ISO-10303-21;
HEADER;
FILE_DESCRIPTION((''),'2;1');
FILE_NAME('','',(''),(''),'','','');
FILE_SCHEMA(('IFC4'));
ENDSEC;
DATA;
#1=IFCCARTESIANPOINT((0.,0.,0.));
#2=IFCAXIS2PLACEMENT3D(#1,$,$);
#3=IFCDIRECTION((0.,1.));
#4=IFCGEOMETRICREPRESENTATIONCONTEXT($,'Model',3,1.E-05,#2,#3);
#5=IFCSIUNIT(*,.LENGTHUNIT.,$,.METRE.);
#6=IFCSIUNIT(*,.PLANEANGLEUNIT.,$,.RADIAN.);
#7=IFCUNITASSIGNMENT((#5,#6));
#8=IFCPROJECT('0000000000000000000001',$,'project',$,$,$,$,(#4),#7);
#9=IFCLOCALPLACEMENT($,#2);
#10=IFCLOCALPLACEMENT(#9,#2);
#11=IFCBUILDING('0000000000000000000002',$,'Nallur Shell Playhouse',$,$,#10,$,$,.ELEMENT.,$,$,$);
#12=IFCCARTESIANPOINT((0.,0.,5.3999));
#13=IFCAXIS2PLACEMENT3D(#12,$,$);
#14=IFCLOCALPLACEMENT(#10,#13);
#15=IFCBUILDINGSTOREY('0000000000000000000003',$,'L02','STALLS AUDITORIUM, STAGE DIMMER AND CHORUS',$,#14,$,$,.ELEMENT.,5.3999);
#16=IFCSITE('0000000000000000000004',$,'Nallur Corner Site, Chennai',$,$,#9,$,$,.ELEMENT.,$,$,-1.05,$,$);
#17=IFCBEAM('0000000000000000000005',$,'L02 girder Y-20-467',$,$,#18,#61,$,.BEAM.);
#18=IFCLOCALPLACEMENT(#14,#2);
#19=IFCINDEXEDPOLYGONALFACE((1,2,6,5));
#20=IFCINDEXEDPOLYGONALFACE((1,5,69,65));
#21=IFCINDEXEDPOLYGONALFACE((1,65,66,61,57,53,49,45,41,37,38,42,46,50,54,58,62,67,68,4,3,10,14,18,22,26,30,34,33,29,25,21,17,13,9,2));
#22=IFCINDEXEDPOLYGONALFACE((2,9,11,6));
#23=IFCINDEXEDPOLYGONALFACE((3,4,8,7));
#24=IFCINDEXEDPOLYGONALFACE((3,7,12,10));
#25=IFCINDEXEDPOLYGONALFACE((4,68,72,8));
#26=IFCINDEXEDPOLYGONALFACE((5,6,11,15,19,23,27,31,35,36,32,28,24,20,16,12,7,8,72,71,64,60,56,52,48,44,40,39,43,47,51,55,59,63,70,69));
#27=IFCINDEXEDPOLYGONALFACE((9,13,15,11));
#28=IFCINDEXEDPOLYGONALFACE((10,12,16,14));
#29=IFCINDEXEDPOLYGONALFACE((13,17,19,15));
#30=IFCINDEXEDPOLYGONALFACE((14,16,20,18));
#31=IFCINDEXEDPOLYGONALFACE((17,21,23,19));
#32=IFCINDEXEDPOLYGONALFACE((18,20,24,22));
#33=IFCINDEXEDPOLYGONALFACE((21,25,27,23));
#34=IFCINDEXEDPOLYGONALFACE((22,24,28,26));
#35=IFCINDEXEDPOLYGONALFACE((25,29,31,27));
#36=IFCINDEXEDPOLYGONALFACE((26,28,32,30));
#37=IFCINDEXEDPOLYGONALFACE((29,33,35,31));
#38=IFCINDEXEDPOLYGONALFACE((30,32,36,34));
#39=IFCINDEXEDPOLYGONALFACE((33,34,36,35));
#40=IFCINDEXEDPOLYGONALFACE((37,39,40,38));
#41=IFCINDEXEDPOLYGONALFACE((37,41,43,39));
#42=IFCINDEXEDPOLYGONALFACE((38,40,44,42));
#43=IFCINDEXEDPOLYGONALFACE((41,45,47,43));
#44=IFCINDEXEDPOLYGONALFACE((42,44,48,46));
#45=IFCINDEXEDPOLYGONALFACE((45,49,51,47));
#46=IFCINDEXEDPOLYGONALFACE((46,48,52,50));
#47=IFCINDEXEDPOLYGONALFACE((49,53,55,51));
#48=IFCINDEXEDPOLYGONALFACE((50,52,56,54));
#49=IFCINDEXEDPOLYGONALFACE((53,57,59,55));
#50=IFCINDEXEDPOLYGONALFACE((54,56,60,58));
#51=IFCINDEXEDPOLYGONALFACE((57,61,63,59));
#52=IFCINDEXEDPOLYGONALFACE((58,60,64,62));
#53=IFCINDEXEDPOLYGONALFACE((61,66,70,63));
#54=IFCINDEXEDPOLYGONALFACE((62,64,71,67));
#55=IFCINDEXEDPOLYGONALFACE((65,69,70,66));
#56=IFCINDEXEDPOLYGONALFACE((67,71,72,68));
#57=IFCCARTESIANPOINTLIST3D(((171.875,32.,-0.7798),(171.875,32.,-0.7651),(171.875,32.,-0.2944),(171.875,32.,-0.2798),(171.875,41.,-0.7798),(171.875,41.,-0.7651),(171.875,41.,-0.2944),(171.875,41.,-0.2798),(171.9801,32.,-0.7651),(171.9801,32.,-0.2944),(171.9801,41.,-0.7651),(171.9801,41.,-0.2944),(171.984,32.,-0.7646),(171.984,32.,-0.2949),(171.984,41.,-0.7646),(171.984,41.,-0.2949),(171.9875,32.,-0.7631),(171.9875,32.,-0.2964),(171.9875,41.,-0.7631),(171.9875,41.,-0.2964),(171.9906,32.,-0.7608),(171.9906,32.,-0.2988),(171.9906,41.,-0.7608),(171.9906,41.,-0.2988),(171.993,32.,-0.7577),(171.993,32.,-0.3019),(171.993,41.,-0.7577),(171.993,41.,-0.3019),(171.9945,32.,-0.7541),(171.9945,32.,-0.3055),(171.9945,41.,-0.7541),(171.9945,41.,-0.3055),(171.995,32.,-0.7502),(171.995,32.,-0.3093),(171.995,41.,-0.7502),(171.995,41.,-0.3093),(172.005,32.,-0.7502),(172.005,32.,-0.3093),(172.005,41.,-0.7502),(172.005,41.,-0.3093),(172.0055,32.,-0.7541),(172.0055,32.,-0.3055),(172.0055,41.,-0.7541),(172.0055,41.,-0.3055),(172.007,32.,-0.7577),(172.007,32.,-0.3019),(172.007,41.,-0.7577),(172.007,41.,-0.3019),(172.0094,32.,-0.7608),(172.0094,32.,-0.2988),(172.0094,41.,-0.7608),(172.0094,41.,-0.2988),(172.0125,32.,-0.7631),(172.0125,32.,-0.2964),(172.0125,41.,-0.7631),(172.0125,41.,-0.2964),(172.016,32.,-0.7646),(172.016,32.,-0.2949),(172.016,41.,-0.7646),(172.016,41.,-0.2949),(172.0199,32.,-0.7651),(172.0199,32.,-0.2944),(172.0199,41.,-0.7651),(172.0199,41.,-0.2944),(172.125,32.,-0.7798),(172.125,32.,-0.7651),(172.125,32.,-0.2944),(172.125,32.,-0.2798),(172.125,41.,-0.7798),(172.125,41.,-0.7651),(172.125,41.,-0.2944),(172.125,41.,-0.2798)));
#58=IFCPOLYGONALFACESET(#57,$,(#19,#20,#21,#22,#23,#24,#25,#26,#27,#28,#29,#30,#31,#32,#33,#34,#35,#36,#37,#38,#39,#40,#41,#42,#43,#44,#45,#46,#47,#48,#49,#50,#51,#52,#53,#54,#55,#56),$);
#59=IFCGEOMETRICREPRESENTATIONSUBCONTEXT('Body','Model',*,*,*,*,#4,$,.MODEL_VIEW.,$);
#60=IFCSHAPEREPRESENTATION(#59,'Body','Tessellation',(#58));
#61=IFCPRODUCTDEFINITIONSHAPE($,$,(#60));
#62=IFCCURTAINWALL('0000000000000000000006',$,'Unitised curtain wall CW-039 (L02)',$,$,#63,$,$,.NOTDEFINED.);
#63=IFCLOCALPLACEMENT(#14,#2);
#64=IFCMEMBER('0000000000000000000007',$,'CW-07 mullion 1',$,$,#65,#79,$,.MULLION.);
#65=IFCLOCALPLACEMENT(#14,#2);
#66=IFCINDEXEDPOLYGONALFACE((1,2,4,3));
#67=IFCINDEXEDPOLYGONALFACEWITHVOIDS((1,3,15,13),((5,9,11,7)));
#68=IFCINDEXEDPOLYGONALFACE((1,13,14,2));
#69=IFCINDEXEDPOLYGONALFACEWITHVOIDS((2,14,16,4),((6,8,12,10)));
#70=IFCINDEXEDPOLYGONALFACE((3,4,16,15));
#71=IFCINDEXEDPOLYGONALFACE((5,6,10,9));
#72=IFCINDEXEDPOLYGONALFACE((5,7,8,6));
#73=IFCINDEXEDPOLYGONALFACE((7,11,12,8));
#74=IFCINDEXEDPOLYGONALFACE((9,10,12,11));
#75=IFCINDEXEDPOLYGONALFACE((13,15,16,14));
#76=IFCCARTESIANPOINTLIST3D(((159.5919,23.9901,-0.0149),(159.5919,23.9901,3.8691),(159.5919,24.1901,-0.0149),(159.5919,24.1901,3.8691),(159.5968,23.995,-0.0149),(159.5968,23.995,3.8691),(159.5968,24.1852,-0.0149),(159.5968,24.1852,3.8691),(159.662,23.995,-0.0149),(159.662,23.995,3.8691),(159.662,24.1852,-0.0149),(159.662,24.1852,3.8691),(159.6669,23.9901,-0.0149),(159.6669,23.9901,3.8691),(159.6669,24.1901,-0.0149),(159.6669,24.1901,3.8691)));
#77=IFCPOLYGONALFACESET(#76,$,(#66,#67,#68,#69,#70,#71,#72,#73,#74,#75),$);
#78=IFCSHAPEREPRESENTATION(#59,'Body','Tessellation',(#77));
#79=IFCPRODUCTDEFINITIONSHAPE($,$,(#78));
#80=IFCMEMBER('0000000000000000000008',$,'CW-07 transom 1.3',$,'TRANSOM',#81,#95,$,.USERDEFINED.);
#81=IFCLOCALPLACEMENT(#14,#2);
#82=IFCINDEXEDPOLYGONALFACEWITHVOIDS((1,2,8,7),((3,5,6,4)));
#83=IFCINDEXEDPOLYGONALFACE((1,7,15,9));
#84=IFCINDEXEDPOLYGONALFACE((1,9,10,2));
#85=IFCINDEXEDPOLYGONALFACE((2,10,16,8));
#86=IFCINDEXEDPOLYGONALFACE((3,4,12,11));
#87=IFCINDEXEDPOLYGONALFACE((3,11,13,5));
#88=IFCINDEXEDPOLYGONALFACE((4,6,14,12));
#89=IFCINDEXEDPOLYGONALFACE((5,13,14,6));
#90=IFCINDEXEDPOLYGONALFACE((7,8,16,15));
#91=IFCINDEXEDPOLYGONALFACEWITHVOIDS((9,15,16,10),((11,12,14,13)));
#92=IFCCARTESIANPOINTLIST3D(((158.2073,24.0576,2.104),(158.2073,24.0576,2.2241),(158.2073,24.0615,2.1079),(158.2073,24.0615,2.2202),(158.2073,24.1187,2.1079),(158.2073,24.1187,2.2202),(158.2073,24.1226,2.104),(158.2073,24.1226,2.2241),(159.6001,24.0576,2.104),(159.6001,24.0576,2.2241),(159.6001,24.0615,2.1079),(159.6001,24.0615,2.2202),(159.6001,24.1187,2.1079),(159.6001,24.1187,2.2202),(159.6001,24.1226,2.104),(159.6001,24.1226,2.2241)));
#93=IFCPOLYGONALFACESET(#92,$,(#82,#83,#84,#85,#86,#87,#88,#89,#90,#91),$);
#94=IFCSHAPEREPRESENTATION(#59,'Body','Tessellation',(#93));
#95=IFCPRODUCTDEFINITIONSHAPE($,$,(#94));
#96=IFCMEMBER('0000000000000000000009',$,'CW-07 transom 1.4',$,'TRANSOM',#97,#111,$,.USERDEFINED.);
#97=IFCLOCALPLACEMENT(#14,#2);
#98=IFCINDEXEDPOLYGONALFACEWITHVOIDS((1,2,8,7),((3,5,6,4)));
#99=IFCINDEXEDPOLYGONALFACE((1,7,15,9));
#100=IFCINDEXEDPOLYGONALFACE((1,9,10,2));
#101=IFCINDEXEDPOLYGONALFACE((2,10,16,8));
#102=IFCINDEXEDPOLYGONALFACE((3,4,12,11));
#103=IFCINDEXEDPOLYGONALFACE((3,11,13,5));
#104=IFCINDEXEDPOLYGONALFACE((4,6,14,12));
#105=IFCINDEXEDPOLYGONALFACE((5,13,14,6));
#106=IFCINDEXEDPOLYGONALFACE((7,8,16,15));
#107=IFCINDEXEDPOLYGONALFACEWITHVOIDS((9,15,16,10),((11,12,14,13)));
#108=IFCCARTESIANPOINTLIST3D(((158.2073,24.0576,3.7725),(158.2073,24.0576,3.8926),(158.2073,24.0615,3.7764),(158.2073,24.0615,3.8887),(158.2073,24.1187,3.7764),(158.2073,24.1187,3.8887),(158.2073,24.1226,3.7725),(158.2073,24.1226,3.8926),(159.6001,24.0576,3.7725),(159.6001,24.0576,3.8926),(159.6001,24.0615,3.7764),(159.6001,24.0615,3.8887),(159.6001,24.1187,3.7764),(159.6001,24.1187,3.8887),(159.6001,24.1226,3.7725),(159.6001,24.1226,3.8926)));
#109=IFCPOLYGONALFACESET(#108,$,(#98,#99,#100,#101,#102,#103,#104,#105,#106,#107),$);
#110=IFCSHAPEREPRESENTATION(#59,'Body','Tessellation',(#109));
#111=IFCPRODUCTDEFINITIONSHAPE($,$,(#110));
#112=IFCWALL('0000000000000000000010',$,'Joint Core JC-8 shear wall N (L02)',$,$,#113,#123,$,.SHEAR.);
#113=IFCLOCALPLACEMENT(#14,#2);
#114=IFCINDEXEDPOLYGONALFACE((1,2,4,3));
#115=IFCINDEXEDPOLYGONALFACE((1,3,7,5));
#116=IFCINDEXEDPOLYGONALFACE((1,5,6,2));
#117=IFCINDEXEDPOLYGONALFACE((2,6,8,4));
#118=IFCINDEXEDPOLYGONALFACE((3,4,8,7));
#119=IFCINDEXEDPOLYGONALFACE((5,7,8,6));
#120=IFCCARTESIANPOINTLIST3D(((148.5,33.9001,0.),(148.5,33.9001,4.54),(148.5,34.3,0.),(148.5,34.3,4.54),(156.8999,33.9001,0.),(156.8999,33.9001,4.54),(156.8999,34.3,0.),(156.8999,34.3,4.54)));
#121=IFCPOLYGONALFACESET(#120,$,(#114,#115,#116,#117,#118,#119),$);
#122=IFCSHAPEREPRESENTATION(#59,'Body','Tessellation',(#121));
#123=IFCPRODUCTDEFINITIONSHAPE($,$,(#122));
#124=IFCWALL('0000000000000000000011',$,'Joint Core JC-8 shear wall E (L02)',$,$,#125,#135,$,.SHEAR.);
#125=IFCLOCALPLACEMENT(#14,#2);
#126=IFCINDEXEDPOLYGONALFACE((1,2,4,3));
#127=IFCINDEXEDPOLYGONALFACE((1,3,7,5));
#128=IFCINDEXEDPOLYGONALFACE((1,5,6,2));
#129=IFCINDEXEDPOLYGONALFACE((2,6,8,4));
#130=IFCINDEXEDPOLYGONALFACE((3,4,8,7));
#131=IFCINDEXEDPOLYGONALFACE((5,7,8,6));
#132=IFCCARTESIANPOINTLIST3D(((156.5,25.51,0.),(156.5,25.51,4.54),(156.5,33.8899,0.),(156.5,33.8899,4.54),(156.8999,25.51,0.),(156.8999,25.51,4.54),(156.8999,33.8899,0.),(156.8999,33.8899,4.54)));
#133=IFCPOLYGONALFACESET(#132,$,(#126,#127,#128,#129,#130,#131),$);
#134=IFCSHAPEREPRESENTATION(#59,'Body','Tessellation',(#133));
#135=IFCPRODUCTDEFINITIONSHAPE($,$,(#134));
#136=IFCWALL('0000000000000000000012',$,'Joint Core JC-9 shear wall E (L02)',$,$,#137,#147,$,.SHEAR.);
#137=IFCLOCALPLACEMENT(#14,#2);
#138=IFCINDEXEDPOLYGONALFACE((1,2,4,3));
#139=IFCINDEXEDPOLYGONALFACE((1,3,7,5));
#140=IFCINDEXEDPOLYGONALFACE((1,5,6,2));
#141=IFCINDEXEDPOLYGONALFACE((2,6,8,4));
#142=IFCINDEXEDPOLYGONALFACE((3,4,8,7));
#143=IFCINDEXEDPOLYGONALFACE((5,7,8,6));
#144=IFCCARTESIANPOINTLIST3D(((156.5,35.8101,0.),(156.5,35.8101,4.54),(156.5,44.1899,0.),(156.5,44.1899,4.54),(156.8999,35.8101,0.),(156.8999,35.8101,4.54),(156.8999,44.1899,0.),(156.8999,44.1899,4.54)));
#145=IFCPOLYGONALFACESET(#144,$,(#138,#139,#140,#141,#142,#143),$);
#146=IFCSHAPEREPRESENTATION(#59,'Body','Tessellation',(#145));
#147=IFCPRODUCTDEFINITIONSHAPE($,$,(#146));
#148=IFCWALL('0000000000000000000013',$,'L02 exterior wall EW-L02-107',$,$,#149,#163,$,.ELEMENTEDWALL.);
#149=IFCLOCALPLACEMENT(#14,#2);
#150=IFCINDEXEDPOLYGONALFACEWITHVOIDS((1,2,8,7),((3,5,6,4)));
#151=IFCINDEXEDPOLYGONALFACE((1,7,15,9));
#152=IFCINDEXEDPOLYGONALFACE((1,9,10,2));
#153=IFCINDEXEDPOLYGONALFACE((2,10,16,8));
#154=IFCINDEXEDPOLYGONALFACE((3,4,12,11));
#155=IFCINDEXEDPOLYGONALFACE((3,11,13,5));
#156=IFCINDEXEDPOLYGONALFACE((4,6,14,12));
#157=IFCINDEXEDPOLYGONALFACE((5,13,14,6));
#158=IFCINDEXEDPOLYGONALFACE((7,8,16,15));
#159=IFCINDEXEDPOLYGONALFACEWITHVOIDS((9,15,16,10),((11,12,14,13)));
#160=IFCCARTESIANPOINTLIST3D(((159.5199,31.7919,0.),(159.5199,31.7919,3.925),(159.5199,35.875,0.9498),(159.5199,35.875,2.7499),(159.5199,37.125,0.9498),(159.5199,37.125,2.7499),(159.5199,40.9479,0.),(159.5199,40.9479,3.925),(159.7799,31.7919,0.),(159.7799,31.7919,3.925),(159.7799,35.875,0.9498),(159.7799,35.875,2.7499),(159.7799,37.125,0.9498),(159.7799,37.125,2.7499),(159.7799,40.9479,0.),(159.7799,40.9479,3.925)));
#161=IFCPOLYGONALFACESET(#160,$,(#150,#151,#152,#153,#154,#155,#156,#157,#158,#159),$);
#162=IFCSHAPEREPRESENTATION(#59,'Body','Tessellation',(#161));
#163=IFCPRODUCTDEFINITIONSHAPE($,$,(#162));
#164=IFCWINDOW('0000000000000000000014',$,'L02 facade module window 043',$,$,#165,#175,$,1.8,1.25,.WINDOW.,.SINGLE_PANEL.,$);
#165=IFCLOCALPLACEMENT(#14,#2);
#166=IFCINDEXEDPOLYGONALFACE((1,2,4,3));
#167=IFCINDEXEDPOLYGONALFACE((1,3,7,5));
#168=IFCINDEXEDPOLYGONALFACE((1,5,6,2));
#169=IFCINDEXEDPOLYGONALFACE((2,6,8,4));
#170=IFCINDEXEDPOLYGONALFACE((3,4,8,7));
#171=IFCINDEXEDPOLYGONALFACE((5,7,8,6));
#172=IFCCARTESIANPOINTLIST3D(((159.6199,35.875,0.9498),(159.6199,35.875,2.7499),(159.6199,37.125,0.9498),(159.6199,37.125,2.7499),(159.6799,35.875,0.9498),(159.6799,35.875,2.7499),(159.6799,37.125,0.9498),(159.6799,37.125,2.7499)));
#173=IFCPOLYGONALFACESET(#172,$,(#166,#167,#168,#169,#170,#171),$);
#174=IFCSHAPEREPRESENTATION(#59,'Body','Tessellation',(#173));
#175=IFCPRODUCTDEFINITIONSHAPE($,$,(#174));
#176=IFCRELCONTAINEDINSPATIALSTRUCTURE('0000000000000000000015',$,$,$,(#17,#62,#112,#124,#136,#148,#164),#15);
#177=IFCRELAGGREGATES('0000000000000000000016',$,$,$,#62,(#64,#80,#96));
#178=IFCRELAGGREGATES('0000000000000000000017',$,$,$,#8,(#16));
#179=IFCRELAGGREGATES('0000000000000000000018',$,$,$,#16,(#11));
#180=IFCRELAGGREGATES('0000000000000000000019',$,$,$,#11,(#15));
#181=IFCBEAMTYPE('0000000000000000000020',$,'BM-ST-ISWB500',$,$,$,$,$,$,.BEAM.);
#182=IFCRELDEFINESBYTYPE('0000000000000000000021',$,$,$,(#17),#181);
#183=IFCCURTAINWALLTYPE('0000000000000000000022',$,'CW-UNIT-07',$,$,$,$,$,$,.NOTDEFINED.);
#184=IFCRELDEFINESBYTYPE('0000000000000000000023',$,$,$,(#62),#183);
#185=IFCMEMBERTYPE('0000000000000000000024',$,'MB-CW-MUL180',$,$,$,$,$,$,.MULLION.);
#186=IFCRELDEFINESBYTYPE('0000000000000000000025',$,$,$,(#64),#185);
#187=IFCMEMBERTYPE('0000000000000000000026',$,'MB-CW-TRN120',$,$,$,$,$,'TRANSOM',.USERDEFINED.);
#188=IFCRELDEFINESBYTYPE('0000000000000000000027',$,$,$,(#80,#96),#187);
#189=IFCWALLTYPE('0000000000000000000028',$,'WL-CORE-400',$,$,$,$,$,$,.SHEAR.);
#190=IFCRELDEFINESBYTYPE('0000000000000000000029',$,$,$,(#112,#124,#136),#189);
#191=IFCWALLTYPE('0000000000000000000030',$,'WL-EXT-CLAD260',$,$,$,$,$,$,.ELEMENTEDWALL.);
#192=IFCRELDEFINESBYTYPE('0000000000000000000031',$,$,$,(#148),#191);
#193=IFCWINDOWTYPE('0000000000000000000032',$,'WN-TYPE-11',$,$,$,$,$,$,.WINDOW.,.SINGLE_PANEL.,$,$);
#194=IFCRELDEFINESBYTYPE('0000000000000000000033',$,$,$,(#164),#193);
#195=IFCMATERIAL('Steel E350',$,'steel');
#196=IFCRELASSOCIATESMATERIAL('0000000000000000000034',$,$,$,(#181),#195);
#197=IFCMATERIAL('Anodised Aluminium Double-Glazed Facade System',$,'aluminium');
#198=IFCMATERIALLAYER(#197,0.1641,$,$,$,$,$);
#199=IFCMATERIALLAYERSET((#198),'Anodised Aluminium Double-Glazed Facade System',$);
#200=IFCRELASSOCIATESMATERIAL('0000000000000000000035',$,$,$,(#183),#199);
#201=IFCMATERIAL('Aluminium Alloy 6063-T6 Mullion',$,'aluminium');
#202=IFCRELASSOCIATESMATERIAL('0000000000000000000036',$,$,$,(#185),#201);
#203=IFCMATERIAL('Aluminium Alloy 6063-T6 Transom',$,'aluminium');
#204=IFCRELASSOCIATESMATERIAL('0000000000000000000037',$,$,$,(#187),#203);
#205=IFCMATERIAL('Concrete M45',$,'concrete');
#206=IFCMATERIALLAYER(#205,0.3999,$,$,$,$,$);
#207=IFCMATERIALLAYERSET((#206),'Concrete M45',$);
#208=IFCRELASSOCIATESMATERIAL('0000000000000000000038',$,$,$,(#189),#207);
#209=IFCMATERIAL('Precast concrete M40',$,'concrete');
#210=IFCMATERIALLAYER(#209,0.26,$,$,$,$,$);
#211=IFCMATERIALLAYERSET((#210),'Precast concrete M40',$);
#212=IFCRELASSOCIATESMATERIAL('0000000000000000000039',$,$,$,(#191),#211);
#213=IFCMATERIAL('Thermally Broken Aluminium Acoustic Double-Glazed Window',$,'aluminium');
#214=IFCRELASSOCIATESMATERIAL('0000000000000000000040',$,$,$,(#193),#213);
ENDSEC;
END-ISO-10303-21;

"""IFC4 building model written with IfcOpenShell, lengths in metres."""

from ifc_helpers import new_model, si_unit, direction, frame, frame_2d, origin, origin_2d, place, context, subcontext, project, spatial, rectangle, hollow_rectangle, i_section, extrude, material, layer, layer_set, material_profile, profile_set, type_object, element, fill, aggregate, save


model = new_model("IFC4")

# Units and contexts
model_context = context("Model", 3, precision=1e-05, world=origin(), true_north=direction((0.0, 1.0)))
body_context = subcontext(model_context, "Body", "Model", "MODEL_VIEW")
ifc_project = project(units=[si_unit("LENGTHUNIT", "METRE"), si_unit("PLANEANGLEUNIT", "RADIAN")], contexts=[model_context])

# Site, building, storey
site_placement = place(None, origin())
site = spatial("IfcSite", under=ifc_project, at=site_placement, Name="Nallur Corner Site, Chennai", CompositionType="ELEMENT", RefElevation=-1.05)
building_placement = place(site_placement, origin())
building = spatial("IfcBuilding", under=site, at=building_placement, Name="Nallur Shell Playhouse", CompositionType="ELEMENT")
storey_placement = place(building_placement, frame((0.0, 0.0, 5.3999)))
storey = spatial("IfcBuildingStorey", under=building, at=storey_placement, Name="L02", Description="STALLS AUDITORIUM, STAGE DIMMER AND CHORUS", CompositionType="ELEMENT", Elevation=5.3999)

# Shared definitions
ifc_material_1 = material(Name="Steel E350", Category="steel")

# Beam
ifc_material_profile_1 = material_profile(ifc_material_1, i_section(OverallWidth=0.25, OverallDepth=0.5, WebThickness=0.01, FlangeThickness=0.0146, FilletRadius=0.0149, at=origin_2d()), Name="ISWB 500")
ifc_profile_set_1 = profile_set([ifc_material_profile_1], Name="Steel E350")
beam_type_1 = type_object("IfcBeamType", Name="BM-ST-ISWB500", PredefinedType="BEAM", material=ifc_profile_set_1)
beam_1_placement = place(storey_placement, frame((172.0, 32.0, -0.5298), z_axis=(0.0, 1.0, 0.0), x_axis=(-1.0, 0.0, 0.0)))
element("IfcBeam", 1, at=beam_1_placement, inside=storey, type_object=beam_type_1, Name="L02 girder Y-20-467", PredefinedType="BEAM", context=body_context, shape_type="SweptSolid", body=[
    extrude(i_section(OverallWidth=0.25, OverallDepth=0.5, WebThickness=0.01, FlangeThickness=0.0146, FilletRadius=0.0149, at=origin_2d()), origin(), (0.0, 0.0, 1.0), 9.0),
])

# Curtain wall, members
ifc_material_2 = material(Name="Anodised Aluminium Double-Glazed Facade System", Category="aluminium")
ifc_layer_1 = layer(ifc_material_2, 0.1641)
ifc_layer_set_1 = layer_set([ifc_layer_1], Name="Anodised Aluminium Double-Glazed Facade System")
curtain_wall_type = type_object("IfcCurtainWallType", Name="CW-UNIT-07", PredefinedType="NOTDEFINED", material=ifc_layer_set_1)
curtain_wall_placement = place(storey_placement, origin())
curtain_wall = element("IfcCurtainWall", 2, at=curtain_wall_placement, inside=storey, type_object=curtain_wall_type, Name="Unitised curtain wall CW-039 (L02)", PredefinedType="NOTDEFINED")
ifc_material_3 = material(Name="Aluminium Alloy 6063-T6 Mullion", Category="aluminium")
ifc_material_profile_2 = material_profile(ifc_material_3, hollow_rectangle(XDim=0.075, YDim=0.2, WallThickness=0.0049, at=origin_2d()), Name="ALU 75x200x5")
ifc_profile_set_2 = profile_set([ifc_material_profile_2], Name="Aluminium Alloy 6063-T6 Mullion")
member_type_1 = type_object("IfcMemberType", Name="MB-CW-MUL180", PredefinedType="MULLION", material=ifc_profile_set_2)
member_1_placement = place(storey_placement, frame((159.6294, 24.0901, -0.0149), z_axis=(0.0, 0.0, 1.0), x_axis=(-1.0, 0.0, 0.0)))
member_1 = element("IfcMember", 3, at=member_1_placement, type_object=member_type_1, Name="CW-07 mullion 1", PredefinedType="MULLION", context=body_context, shape_type="SweptSolid", body=[
    extrude(hollow_rectangle(XDim=0.075, YDim=0.2, WallThickness=0.0049, at=origin_2d()), origin(), (0.0, 0.0, 1.0), 3.884),
])
ifc_material_4 = material(Name="Aluminium Alloy 6063-T6 Transom", Category="aluminium")
ifc_material_profile_3 = material_profile(ifc_material_4, hollow_rectangle(XDim=0.0649, YDim=0.1201, WallThickness=0.0039, at=origin_2d()), Name="ALU 65x120x4")
ifc_profile_set_3 = profile_set([ifc_material_profile_3], Name="Aluminium Alloy 6063-T6 Transom")
member_type_2 = type_object("IfcMemberType", Name="MB-CW-TRN120", ElementType="TRANSOM", PredefinedType="USERDEFINED", material=ifc_profile_set_3)
member_2_placement = place(storey_placement, frame((159.6001, 24.0901, 2.1641), z_axis=(-1.0, 0.0, 0.0), x_axis=(0.0, -1.0, 0.0)))
member_2 = element("IfcMember", 4, at=member_2_placement, type_object=member_type_2, Name="CW-07 transom 1.3", ObjectType="TRANSOM", PredefinedType="USERDEFINED", context=body_context, shape_type="SweptSolid", body=[
    extrude(hollow_rectangle(XDim=0.0649, YDim=0.1201, WallThickness=0.0039, at=origin_2d()), origin(), (0.0, 0.0, 1.0), 1.3928),
])
member_3_placement = place(storey_placement, frame((159.6001, 24.0901, 3.8325), z_axis=(-1.0, 0.0, 0.0), x_axis=(0.0, -1.0, 0.0)))
member_3 = element("IfcMember", 5, at=member_3_placement, type_object=member_type_2, Name="CW-07 transom 1.4", ObjectType="TRANSOM", PredefinedType="USERDEFINED", context=body_context, shape_type="SweptSolid", body=[
    extrude(hollow_rectangle(XDim=0.0649, YDim=0.1201, WallThickness=0.0039, at=origin_2d()), origin(), (0.0, 0.0, 1.0), 1.3928),
])
aggregate(curtain_wall, [member_1, member_2, member_3])

# Walls
ifc_material_5 = material(Name="Concrete M45", Category="concrete")
ifc_layer_2 = layer(ifc_material_5, 0.3999)
ifc_layer_set_2 = layer_set([ifc_layer_2], Name="Concrete M45")
wall_type_1 = type_object("IfcWallType", Name="WL-CORE-400", PredefinedType="SHEAR", material=ifc_layer_set_2)
wall_1_placement = place(storey_placement, frame((156.8999, 34.1001, 0.0), z_axis=(0.0, 0.0, 1.0), x_axis=(-1.0, 0.0, 0.0)))
element("IfcWall", 6, at=wall_1_placement, inside=storey, type_object=wall_type_1, Name="Joint Core JC-8 shear wall N (L02)", PredefinedType="SHEAR", context=body_context, shape_type="SweptSolid", body=[
    extrude(rectangle(XDim=8.3999, YDim=0.3999, at=frame_2d((4.2, 0.0))), origin(), (0.0, 0.0, 1.0), 4.54),
])
for number, where, z_axis, x_axis, name in (
    (7, (156.7, 25.51, 0.0), (0.0, 0.0, 1.0), (0.0, 1.0, 0.0), "Joint Core JC-8 shear wall E (L02)"),
    (8, (156.7, 35.8101, 0.0), (0.0, 0.0, 1.0), (0.0, 1.0, 0.0), "Joint Core JC-9 shear wall E (L02)"),
):
    element("IfcWall", number, at=place(storey_placement, frame(where, z_axis=z_axis, x_axis=x_axis)), inside=storey, type_object=wall_type_1, Name=name, PredefinedType="SHEAR", context=body_context, shape_type="SweptSolid", body=[
        extrude(rectangle(XDim=8.3799, YDim=0.3999, at=frame_2d((4.1899, 0.0))), origin(), (0.0, 0.0, 1.0), 4.54),
    ])

# Wall, opening, window
ifc_material_6 = material(Name="Precast concrete M40", Category="concrete")
ifc_layer_3 = layer(ifc_material_6, 0.26)
ifc_layer_set_3 = layer_set([ifc_layer_3], Name="Precast concrete M40")
wall_type_2 = type_object("IfcWallType", Name="WL-EXT-CLAD260", PredefinedType="ELEMENTEDWALL", material=ifc_layer_set_3)
wall_2_placement = place(storey_placement, frame((159.6499, 40.948, 0.0), z_axis=(0.0, 0.0, 1.0), x_axis=(0.0, -1.0, 0.0)))
wall_2 = element("IfcWall", 9, at=wall_2_placement, inside=storey, type_object=wall_type_2, Name="L02 exterior wall EW-L02-107", PredefinedType="ELEMENTEDWALL", context=body_context, shape_type="SweptSolid", body=[
    extrude(rectangle(XDim=9.156, YDim=0.26, at=frame_2d((4.5781, 0.0))), origin(), (0.0, 0.0, 1.0), 3.925),
])
opening_1_placement = place(wall_2_placement, frame((3.823, 0.0, 0.95)))
opening_1 = element("IfcOpeningElement", 10, at=opening_1_placement, cuts=wall_2, PredefinedType="OPENING", context=body_context, shape_type="SweptSolid", body=[
    extrude(rectangle(XDim=1.25, YDim=1.8, at=frame_2d((0.625, 0.8999))), frame((0.0, 0.1401, 0.0), z_axis=(0.0, -1.0, 0.0), x_axis=(1.0, 0.0, 0.0)), (0.0, 0.0, 1.0), 0.28),
])
ifc_material_7 = material(Name="Thermally Broken Aluminium Acoustic Double-Glazed Window", Category="aluminium")
window_type_1 = type_object("IfcWindowType", Name="WN-TYPE-11", PartitioningType="SINGLE_PANEL", PredefinedType="WINDOW", material=ifc_material_7)
window_1_placement = place(opening_1_placement, origin())
window_1 = element("IfcWindow", 11, at=window_1_placement, inside=storey, type_object=window_type_1, Name="L02 facade module window 043", OverallHeight=1.8, OverallWidth=1.25, PartitioningType="SINGLE_PANEL", PredefinedType="WINDOW", context=body_context, shape_type="SweptSolid", body=[
    extrude(rectangle(XDim=1.25, YDim=1.8, at=frame_2d((0.625, 0.8999))), frame((0.0, 0.03, 0.0), z_axis=(0.0, -1.0, 0.0), x_axis=(1.0, 0.0, 0.0)), (0.0, 0.0, 1.0), 0.0601),
])
fill(opening_1, window_1)

save(model, "model.ifc")
